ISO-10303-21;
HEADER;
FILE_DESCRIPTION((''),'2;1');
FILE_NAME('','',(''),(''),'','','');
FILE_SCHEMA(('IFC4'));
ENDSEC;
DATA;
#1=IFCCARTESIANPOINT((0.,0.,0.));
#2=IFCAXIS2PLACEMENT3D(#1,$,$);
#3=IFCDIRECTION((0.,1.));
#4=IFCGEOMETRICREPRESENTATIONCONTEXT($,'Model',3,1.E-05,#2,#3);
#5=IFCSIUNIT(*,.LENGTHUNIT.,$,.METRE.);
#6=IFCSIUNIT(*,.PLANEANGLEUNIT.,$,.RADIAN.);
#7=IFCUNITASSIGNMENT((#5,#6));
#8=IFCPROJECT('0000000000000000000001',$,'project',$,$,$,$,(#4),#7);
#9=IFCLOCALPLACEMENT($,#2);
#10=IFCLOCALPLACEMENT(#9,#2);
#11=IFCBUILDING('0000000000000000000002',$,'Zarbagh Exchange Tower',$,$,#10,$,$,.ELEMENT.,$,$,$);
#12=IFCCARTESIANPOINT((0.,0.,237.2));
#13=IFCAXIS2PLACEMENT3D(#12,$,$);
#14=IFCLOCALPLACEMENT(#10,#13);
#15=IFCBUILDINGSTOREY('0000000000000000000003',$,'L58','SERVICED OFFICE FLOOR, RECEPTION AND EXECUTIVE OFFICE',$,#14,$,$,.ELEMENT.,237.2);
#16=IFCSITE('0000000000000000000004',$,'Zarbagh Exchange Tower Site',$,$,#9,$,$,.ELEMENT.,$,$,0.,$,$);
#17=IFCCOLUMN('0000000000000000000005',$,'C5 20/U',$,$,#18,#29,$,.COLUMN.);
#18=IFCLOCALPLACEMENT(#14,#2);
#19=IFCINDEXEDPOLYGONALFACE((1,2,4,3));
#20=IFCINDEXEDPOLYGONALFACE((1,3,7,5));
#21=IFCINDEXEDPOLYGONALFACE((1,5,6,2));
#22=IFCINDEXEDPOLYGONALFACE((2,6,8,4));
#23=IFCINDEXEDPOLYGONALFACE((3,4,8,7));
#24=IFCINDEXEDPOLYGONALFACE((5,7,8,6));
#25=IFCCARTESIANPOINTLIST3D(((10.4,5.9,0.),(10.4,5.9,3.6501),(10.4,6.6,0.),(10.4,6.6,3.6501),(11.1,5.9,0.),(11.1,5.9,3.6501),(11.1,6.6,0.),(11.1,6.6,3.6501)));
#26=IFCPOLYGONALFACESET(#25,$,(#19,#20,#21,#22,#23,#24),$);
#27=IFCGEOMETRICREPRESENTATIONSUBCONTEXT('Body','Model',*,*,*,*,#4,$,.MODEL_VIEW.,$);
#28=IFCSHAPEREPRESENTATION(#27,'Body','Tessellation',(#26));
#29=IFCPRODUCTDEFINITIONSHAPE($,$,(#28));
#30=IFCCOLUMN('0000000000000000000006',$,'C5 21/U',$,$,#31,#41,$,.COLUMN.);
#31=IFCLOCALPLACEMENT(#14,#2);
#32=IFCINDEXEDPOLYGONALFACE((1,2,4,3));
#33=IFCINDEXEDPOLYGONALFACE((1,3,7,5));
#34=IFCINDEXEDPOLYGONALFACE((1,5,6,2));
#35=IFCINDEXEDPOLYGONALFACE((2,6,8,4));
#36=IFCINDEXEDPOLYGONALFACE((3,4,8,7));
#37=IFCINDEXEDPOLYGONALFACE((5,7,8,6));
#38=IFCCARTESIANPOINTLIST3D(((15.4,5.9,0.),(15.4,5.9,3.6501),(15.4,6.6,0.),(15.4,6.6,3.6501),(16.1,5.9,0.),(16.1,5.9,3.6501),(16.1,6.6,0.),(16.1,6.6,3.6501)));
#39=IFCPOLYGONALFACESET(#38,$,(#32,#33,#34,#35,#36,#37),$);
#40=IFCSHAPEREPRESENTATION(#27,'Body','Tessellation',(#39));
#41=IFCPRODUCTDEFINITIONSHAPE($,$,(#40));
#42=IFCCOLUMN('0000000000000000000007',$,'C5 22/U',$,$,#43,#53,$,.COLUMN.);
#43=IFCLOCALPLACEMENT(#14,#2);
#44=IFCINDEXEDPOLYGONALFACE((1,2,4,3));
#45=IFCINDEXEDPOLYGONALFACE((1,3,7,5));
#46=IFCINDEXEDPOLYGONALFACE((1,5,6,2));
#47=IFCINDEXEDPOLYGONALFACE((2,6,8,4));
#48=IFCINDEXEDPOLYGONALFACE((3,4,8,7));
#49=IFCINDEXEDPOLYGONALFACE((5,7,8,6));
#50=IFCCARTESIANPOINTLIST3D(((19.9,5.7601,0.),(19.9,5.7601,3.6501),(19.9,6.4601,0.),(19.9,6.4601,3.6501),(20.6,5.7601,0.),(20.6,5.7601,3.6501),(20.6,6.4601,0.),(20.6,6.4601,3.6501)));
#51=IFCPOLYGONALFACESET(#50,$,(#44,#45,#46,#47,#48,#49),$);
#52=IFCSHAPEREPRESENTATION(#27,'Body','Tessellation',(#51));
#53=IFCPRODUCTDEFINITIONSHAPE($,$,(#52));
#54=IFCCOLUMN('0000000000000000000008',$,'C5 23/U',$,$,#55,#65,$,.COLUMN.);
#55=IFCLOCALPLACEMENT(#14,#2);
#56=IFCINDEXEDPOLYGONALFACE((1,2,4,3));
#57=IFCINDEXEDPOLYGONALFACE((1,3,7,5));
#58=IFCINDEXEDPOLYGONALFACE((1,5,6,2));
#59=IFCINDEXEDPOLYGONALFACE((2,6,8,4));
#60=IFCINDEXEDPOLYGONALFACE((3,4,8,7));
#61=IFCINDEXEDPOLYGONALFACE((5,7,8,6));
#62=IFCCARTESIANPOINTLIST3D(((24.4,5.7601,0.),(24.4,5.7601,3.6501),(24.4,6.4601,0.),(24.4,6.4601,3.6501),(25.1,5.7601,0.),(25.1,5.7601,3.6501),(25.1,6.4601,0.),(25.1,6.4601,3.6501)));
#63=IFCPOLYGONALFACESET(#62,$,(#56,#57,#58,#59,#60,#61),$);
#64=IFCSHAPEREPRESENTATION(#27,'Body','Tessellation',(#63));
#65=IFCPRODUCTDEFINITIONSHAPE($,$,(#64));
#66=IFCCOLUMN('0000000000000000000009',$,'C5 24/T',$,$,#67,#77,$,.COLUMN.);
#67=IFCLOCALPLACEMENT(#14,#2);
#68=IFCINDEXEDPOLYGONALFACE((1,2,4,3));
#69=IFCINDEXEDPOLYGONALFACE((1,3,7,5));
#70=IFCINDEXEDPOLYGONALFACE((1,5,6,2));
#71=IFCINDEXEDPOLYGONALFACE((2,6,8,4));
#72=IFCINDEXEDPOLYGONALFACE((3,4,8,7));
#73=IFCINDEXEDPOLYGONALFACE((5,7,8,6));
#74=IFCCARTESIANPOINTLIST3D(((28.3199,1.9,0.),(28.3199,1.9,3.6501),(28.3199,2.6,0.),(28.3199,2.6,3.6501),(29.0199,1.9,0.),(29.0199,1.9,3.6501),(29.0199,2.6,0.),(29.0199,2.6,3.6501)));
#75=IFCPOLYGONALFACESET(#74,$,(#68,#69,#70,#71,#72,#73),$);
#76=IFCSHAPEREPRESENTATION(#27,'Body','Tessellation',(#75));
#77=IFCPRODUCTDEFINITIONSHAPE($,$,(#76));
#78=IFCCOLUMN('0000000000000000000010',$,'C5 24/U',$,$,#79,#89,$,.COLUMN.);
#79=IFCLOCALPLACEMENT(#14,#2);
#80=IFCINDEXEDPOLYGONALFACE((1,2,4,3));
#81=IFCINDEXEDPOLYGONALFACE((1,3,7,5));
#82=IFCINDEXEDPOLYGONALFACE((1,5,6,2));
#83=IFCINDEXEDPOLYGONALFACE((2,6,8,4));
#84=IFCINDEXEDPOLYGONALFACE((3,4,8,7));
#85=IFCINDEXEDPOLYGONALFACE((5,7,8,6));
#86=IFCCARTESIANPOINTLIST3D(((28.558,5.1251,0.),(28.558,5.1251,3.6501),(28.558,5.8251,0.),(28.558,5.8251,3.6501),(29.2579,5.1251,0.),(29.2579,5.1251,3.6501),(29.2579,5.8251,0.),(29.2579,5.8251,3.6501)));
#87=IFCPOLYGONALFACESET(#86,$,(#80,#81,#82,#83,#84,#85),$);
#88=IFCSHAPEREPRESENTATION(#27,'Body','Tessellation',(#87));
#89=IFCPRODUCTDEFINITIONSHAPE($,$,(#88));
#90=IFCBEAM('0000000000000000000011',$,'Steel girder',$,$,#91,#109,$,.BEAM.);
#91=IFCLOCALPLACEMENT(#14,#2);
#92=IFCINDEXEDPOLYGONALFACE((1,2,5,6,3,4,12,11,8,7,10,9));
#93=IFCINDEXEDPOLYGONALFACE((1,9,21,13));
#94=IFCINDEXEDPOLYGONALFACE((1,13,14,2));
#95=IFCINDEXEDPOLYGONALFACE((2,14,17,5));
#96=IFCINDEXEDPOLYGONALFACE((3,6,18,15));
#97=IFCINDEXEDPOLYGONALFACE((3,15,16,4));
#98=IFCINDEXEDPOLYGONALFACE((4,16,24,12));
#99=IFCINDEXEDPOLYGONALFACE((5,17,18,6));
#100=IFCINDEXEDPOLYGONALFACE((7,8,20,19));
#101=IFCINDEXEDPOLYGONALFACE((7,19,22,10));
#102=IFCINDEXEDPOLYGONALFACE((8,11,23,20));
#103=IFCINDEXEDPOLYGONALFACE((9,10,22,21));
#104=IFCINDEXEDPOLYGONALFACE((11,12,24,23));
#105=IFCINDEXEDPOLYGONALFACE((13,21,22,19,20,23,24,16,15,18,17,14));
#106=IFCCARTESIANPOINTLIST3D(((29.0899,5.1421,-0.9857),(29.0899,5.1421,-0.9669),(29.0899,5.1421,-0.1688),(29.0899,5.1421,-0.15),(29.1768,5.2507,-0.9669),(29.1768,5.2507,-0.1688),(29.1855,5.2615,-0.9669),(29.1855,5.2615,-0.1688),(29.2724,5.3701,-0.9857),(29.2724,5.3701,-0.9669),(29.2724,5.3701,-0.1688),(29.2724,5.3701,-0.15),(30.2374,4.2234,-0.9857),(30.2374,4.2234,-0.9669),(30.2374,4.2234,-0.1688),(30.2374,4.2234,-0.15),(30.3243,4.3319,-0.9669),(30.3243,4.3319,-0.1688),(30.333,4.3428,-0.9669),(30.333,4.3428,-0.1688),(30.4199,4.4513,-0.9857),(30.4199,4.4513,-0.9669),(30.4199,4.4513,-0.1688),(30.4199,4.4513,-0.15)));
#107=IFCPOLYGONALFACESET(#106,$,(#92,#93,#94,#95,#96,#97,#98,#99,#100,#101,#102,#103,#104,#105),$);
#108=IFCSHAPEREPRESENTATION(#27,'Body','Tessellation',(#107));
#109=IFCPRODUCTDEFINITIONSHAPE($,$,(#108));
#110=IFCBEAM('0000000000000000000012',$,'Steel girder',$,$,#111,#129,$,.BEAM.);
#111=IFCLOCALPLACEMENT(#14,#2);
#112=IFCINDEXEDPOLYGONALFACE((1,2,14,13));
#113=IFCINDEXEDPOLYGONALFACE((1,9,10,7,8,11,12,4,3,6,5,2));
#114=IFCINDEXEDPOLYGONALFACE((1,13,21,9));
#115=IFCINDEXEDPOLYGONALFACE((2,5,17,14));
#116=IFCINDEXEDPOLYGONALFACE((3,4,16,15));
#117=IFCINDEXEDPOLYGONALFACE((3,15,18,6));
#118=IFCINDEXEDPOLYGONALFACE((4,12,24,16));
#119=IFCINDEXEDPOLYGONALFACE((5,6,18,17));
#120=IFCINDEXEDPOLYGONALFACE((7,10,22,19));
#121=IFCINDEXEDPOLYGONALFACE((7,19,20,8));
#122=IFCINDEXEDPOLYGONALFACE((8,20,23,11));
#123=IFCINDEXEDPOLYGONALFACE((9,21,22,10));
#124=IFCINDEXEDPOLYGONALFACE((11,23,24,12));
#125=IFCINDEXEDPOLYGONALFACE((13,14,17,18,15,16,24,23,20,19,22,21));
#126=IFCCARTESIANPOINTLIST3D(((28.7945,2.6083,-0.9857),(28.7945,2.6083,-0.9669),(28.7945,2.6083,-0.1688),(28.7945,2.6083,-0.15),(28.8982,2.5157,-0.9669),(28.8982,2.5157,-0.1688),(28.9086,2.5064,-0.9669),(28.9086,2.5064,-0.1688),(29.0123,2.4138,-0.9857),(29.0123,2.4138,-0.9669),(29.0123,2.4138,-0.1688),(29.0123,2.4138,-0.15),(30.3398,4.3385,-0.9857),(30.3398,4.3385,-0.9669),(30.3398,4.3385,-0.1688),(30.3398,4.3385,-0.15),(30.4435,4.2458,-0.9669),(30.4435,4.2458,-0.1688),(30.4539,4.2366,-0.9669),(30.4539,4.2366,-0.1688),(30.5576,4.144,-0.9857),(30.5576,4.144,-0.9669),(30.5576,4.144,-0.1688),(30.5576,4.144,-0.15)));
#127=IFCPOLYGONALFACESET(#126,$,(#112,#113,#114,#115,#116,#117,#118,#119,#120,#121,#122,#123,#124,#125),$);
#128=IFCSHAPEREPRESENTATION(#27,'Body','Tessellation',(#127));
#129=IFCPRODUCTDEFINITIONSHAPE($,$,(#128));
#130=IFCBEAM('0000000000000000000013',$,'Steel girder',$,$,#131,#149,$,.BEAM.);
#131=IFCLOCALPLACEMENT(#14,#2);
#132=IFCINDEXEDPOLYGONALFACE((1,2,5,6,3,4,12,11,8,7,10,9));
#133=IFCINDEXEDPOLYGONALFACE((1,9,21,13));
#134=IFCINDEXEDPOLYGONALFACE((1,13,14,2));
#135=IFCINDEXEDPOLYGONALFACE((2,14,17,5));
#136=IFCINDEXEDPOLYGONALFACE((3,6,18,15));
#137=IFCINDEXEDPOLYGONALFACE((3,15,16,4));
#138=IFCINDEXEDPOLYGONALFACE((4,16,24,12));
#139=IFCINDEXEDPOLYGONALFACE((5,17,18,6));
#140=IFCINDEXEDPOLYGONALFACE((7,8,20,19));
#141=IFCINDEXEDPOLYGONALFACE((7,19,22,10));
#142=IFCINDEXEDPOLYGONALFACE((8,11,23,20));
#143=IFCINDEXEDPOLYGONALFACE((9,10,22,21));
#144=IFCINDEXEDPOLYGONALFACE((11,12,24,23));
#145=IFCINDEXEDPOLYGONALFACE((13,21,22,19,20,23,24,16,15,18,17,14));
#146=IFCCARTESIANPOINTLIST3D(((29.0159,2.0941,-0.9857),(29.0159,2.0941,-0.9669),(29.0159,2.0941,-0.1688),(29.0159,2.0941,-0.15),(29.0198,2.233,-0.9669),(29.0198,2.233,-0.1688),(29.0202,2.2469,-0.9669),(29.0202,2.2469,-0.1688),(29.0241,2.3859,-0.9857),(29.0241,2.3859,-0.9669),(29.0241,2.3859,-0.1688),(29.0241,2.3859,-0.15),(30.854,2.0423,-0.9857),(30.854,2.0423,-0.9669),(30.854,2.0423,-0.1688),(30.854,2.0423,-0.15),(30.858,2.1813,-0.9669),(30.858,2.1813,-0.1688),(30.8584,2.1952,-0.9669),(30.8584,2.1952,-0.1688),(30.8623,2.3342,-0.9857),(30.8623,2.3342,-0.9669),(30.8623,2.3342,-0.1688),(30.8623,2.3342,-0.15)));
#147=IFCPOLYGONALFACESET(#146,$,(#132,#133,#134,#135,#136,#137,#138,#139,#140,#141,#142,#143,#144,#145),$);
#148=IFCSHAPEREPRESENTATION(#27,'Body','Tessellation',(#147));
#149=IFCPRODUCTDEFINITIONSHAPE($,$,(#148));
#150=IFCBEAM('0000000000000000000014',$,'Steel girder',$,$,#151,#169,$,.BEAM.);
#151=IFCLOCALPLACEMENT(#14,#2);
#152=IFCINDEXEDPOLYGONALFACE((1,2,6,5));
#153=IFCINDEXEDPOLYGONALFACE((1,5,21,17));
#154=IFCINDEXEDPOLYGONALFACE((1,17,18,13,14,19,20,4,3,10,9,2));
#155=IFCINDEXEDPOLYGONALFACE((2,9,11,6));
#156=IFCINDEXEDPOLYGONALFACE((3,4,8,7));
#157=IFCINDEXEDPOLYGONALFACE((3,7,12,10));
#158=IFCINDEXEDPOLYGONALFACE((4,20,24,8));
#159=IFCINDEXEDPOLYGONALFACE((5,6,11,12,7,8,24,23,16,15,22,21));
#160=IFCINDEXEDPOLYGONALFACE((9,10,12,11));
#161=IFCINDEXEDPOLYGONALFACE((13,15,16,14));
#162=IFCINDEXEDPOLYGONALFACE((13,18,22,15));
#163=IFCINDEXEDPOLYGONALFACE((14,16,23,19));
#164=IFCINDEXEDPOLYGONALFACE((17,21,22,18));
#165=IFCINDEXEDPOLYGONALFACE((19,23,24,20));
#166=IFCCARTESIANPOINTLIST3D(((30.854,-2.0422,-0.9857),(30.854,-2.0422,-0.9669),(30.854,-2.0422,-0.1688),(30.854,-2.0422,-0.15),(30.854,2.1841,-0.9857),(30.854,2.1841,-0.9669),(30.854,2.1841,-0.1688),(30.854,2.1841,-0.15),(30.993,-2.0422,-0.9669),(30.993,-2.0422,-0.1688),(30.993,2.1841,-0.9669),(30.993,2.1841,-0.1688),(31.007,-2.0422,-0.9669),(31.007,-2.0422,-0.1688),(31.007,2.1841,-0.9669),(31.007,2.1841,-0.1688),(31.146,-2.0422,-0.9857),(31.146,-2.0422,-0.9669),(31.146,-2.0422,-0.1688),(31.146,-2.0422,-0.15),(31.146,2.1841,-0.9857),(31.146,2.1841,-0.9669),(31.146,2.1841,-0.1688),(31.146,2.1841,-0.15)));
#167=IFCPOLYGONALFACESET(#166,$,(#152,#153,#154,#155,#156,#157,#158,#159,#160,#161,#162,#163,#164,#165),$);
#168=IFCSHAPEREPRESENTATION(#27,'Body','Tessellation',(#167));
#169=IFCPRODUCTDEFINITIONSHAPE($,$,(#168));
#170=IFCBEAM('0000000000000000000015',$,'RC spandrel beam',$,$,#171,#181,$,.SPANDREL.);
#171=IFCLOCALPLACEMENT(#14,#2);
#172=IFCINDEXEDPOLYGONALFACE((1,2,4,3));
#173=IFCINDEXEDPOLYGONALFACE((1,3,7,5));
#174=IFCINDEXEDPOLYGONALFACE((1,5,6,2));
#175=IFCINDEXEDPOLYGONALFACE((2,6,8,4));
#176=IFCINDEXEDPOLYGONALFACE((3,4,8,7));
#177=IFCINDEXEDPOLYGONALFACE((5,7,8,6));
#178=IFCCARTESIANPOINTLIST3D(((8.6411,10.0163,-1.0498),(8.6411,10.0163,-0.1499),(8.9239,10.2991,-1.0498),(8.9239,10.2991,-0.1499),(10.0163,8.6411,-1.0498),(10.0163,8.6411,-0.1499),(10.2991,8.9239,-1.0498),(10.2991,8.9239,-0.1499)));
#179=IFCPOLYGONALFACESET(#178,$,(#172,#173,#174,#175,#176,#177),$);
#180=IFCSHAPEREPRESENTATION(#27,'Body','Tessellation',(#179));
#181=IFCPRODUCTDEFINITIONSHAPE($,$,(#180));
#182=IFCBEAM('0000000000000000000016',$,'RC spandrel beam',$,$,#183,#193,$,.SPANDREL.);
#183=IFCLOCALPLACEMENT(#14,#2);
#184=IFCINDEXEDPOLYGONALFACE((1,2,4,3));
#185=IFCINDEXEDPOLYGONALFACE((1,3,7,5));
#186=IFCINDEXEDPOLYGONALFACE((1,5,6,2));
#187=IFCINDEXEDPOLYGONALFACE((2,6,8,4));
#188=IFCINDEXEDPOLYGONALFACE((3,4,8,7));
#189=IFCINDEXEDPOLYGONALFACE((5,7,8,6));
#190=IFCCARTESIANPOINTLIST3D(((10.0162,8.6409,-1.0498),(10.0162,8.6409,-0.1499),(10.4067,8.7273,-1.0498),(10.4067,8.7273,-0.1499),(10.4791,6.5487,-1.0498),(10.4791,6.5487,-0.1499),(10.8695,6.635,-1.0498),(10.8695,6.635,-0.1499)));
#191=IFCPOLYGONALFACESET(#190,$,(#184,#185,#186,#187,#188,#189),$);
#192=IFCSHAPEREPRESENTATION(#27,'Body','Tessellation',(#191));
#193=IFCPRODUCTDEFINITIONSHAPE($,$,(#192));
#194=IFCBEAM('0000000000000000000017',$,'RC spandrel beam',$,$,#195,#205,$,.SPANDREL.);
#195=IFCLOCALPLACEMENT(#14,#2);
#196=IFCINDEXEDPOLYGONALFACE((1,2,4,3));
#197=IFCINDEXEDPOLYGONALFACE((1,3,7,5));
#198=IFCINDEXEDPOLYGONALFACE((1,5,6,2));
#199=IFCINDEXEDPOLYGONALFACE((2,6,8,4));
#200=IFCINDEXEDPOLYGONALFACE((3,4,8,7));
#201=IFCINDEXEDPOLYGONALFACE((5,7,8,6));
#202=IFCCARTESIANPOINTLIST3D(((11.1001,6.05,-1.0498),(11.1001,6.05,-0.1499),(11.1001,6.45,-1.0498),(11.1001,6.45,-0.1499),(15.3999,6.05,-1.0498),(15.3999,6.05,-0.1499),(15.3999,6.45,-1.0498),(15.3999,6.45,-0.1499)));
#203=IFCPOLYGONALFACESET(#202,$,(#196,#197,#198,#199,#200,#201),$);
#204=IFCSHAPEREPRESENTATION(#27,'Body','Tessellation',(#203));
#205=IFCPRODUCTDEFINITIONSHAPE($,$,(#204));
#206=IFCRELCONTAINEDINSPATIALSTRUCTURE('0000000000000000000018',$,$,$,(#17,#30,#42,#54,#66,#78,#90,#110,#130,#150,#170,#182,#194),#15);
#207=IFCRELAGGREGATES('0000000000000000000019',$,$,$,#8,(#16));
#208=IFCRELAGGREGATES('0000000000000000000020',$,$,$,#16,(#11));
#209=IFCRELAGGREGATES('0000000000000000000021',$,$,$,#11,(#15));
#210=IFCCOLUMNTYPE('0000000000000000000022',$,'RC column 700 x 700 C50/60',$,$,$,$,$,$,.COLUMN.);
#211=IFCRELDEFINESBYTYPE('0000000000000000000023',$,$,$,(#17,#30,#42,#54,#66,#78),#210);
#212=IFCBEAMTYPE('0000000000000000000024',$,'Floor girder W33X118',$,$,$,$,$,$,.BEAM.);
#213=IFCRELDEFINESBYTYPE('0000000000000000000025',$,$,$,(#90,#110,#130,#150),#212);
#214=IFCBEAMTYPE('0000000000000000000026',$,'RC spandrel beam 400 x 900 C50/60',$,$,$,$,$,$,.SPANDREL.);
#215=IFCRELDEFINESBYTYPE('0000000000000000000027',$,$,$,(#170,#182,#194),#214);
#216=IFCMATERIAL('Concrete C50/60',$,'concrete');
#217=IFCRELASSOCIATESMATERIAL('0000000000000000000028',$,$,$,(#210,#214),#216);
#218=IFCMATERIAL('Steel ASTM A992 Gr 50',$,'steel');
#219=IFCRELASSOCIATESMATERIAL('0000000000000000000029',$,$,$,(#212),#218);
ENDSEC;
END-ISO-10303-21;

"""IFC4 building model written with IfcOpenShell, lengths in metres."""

from ifc_helpers import new_model, si_unit, direction, frame, origin, origin_2d, place, context, subcontext, project, spatial, rectangle, i_section, extrude, material, material_profile, profile_set, type_object, element, save


model = new_model("IFC4")

# Units and contexts
model_context = context("Model", 3, precision=1e-05, world=origin(), true_north=direction((0.0, 1.0)))
body_context = subcontext(model_context, "Body", "Model", "MODEL_VIEW")
ifc_project = project(units=[si_unit("LENGTHUNIT", "METRE"), si_unit("PLANEANGLEUNIT", "RADIAN")], contexts=[model_context])

# Site, building, storey
site_placement = place(None, origin())
site = spatial("IfcSite", under=ifc_project, at=site_placement, Name="Zarbagh Exchange Tower Site", CompositionType="ELEMENT", RefElevation=0.0)
building_placement = place(site_placement, origin())
building = spatial("IfcBuilding", under=site, at=building_placement, Name="Zarbagh Exchange Tower", CompositionType="ELEMENT")
storey_placement = place(building_placement, frame((0.0, 0.0, 237.2)))
storey = spatial("IfcBuildingStorey", under=building, at=storey_placement, Name="L58", Description="SERVICED OFFICE FLOOR, RECEPTION AND EXECUTIVE OFFICE", CompositionType="ELEMENT", Elevation=237.2)

# Columns
ifc_material_1 = material(Name="Concrete C50/60", Category="concrete")
ifc_material_profile_1 = material_profile(ifc_material_1, rectangle(XDim=0.7, YDim=0.7, at=origin_2d()), Name="RC column 700 x 700 C50/60")
ifc_profile_set_1 = profile_set([ifc_material_profile_1], Name="Concrete C50/60")
column_type = type_object("IfcColumnType", Name="RC column 700 x 700 C50/60", PredefinedType="COLUMN", material=ifc_profile_set_1)
for number, where, z_axis, x_axis, name in (
    (1, (10.75, 6.25, 0.0), (0.0, 0.0, 1.0), (1.0, 0.0, 0.0), "C5 20/U"),
    (2, (15.75, 6.25, 0.0), (0.0, 0.0, 1.0), (1.0, 0.0, 0.0), "C5 21/U"),
    (3, (20.25, 6.1101, 0.0), (0.0, 0.0, 1.0), (1.0, 0.0, 0.0), "C5 22/U"),
    (4, (24.75, 6.1101, 0.0), (0.0, 0.0, 1.0), (1.0, 0.0, 0.0), "C5 23/U"),
    (5, (28.6699, 2.25, 0.0), (0.0, 0.0, 1.0), (1.0, 0.0, 0.0), "C5 24/T"),
    (6, (28.908, 5.4751, 0.0), (0.0, 0.0, 1.0), (1.0, 0.0, 0.0), "C5 24/U"),
):
    element("IfcColumn", number, at=place(storey_placement, frame(where, z_axis=z_axis, x_axis=x_axis)), inside=storey, type_object=column_type, Name=name, PredefinedType="COLUMN", context=body_context, shape_type="SweptSolid", body=[
        extrude(rectangle(XDim=0.7, YDim=0.7, at=origin_2d()), origin(), (0.0, 0.0, 1.0), 3.6501),
    ])

# Beams
ifc_material_2 = material(Name="Steel ASTM A992 Gr 50", Category="steel")
ifc_material_profile_2 = material_profile(ifc_material_2, i_section(OverallWidth=0.292, OverallDepth=0.8357, WebThickness=0.0139, FlangeThickness=0.0188, at=origin_2d()), Name="W33X118")
ifc_profile_set_2 = profile_set([ifc_material_profile_2], Name="Steel ASTM A992 Gr 50")
beam_type_1 = type_object("IfcBeamType", Name="Floor girder W33X118", PredefinedType="BEAM", material=ifc_profile_set_2)
beam_1_placement = place(storey_placement, frame((29.1812, 5.2561, -0.5679), z_axis=(0.780626, -0.624999, 0.0), x_axis=(0.624999, 0.780626, 0.0)))
element("IfcBeam", 7, at=beam_1_placement, inside=storey, type_object=beam_type_1, Name="Steel girder", PredefinedType="BEAM", context=body_context, shape_type="SweptSolid", body=[
    extrude(i_section(OverallWidth=0.292, OverallDepth=0.8357, WebThickness=0.0139, FlangeThickness=0.0188, at=origin_2d()), origin(), (0.0, 0.0, 1.0), 1.47),
])
beam_2_placement = place(storey_placement, frame((30.4487, 4.2412, -0.5679), z_axis=(-0.666152, -0.745816, 0.0), x_axis=(0.745816, -0.666152, 0.0)))
element("IfcBeam", 8, at=beam_2_placement, inside=storey, type_object=beam_type_1, Name="Steel girder", PredefinedType="BEAM", context=body_context, shape_type="SweptSolid", body=[
    extrude(i_section(OverallWidth=0.292, OverallDepth=0.8357, WebThickness=0.0139, FlangeThickness=0.0188, at=origin_2d()), origin(), (0.0, 0.0, 1.0), 2.3198),
])
beam_3_placement = place(storey_placement, frame((29.02, 2.24, -0.5679), z_axis=(0.999604, -0.028147, 0.0), x_axis=(0.028147, 0.999604, 0.0)))
element("IfcBeam", 9, at=beam_3_placement, inside=storey, type_object=beam_type_1, Name="Steel girder", PredefinedType="BEAM", context=body_context, shape_type="SweptSolid", body=[
    extrude(i_section(OverallWidth=0.292, OverallDepth=0.8357, WebThickness=0.0139, FlangeThickness=0.0188, at=origin_2d()), origin(), (0.0, 0.0, 1.0), 1.8389),
])
beam_4_placement = place(storey_placement, frame((31.0, 2.1841, -0.5679), z_axis=(0.0, -1.0, 0.0), x_axis=(1.0, 0.0, 0.0)))
element("IfcBeam", 10, at=beam_4_placement, inside=storey, type_object=beam_type_1, Name="Steel girder", PredefinedType="BEAM", context=body_context, shape_type="SweptSolid", body=[
    extrude(i_section(OverallWidth=0.292, OverallDepth=0.8357, WebThickness=0.0139, FlangeThickness=0.0188, at=origin_2d()), origin(), (0.0, 0.0, 1.0), 4.2263),
])
ifc_material_profile_3 = material_profile(ifc_material_1, rectangle(XDim=0.3999, YDim=0.8999, at=origin_2d()), Name="RC spandrel beam 400 x 900 C50/60")
ifc_profile_set_3 = profile_set([ifc_material_profile_3], Name="Concrete C50/60")
beam_type_2 = type_object("IfcBeamType", Name="RC spandrel beam 400 x 900 C50/60", PredefinedType="SPANDREL", material=ifc_profile_set_3)
beam_5_placement = place(storey_placement, frame((8.7825, 10.1577, -0.5999), z_axis=(0.707107, -0.707107, 0.0), x_axis=(0.707107, 0.707107, 0.0)))
element("IfcBeam", 11, at=beam_5_placement, inside=storey, type_object=beam_type_2, Name="RC spandrel beam", PredefinedType="SPANDREL", context=body_context, shape_type="SweptSolid", body=[
    extrude(rectangle(XDim=0.3999, YDim=0.8999, at=origin_2d()), origin(), (0.0, 0.0, 1.0), 1.9448),
])
beam_6_placement = place(storey_placement, frame((10.2114, 8.6841, -0.5999), z_axis=(0.216014, -0.97639, 0.0), x_axis=(0.97639, 0.216014, 0.0)))
element("IfcBeam", 12, at=beam_6_placement, inside=storey, type_object=beam_type_2, Name="RC spandrel beam", PredefinedType="SPANDREL", context=body_context, shape_type="SweptSolid", body=[
    extrude(rectangle(XDim=0.3999, YDim=0.8999, at=origin_2d()), origin(), (0.0, 0.0, 1.0), 2.1428),
])
beam_7_placement = place(storey_placement, frame((11.1001, 6.25, -0.5999), z_axis=(1.0, 0.0, 0.0), x_axis=(0.0, 1.0, 0.0)))
element("IfcBeam", 13, at=beam_7_placement, inside=storey, type_object=beam_type_2, Name="RC spandrel beam", PredefinedType="SPANDREL", context=body_context, shape_type="SweptSolid", body=[
    extrude(rectangle(XDim=0.3999, YDim=0.8999, at=origin_2d()), origin(), (0.0, 0.0, 1.0), 4.2998),
])

save(model, "model.ifc")
